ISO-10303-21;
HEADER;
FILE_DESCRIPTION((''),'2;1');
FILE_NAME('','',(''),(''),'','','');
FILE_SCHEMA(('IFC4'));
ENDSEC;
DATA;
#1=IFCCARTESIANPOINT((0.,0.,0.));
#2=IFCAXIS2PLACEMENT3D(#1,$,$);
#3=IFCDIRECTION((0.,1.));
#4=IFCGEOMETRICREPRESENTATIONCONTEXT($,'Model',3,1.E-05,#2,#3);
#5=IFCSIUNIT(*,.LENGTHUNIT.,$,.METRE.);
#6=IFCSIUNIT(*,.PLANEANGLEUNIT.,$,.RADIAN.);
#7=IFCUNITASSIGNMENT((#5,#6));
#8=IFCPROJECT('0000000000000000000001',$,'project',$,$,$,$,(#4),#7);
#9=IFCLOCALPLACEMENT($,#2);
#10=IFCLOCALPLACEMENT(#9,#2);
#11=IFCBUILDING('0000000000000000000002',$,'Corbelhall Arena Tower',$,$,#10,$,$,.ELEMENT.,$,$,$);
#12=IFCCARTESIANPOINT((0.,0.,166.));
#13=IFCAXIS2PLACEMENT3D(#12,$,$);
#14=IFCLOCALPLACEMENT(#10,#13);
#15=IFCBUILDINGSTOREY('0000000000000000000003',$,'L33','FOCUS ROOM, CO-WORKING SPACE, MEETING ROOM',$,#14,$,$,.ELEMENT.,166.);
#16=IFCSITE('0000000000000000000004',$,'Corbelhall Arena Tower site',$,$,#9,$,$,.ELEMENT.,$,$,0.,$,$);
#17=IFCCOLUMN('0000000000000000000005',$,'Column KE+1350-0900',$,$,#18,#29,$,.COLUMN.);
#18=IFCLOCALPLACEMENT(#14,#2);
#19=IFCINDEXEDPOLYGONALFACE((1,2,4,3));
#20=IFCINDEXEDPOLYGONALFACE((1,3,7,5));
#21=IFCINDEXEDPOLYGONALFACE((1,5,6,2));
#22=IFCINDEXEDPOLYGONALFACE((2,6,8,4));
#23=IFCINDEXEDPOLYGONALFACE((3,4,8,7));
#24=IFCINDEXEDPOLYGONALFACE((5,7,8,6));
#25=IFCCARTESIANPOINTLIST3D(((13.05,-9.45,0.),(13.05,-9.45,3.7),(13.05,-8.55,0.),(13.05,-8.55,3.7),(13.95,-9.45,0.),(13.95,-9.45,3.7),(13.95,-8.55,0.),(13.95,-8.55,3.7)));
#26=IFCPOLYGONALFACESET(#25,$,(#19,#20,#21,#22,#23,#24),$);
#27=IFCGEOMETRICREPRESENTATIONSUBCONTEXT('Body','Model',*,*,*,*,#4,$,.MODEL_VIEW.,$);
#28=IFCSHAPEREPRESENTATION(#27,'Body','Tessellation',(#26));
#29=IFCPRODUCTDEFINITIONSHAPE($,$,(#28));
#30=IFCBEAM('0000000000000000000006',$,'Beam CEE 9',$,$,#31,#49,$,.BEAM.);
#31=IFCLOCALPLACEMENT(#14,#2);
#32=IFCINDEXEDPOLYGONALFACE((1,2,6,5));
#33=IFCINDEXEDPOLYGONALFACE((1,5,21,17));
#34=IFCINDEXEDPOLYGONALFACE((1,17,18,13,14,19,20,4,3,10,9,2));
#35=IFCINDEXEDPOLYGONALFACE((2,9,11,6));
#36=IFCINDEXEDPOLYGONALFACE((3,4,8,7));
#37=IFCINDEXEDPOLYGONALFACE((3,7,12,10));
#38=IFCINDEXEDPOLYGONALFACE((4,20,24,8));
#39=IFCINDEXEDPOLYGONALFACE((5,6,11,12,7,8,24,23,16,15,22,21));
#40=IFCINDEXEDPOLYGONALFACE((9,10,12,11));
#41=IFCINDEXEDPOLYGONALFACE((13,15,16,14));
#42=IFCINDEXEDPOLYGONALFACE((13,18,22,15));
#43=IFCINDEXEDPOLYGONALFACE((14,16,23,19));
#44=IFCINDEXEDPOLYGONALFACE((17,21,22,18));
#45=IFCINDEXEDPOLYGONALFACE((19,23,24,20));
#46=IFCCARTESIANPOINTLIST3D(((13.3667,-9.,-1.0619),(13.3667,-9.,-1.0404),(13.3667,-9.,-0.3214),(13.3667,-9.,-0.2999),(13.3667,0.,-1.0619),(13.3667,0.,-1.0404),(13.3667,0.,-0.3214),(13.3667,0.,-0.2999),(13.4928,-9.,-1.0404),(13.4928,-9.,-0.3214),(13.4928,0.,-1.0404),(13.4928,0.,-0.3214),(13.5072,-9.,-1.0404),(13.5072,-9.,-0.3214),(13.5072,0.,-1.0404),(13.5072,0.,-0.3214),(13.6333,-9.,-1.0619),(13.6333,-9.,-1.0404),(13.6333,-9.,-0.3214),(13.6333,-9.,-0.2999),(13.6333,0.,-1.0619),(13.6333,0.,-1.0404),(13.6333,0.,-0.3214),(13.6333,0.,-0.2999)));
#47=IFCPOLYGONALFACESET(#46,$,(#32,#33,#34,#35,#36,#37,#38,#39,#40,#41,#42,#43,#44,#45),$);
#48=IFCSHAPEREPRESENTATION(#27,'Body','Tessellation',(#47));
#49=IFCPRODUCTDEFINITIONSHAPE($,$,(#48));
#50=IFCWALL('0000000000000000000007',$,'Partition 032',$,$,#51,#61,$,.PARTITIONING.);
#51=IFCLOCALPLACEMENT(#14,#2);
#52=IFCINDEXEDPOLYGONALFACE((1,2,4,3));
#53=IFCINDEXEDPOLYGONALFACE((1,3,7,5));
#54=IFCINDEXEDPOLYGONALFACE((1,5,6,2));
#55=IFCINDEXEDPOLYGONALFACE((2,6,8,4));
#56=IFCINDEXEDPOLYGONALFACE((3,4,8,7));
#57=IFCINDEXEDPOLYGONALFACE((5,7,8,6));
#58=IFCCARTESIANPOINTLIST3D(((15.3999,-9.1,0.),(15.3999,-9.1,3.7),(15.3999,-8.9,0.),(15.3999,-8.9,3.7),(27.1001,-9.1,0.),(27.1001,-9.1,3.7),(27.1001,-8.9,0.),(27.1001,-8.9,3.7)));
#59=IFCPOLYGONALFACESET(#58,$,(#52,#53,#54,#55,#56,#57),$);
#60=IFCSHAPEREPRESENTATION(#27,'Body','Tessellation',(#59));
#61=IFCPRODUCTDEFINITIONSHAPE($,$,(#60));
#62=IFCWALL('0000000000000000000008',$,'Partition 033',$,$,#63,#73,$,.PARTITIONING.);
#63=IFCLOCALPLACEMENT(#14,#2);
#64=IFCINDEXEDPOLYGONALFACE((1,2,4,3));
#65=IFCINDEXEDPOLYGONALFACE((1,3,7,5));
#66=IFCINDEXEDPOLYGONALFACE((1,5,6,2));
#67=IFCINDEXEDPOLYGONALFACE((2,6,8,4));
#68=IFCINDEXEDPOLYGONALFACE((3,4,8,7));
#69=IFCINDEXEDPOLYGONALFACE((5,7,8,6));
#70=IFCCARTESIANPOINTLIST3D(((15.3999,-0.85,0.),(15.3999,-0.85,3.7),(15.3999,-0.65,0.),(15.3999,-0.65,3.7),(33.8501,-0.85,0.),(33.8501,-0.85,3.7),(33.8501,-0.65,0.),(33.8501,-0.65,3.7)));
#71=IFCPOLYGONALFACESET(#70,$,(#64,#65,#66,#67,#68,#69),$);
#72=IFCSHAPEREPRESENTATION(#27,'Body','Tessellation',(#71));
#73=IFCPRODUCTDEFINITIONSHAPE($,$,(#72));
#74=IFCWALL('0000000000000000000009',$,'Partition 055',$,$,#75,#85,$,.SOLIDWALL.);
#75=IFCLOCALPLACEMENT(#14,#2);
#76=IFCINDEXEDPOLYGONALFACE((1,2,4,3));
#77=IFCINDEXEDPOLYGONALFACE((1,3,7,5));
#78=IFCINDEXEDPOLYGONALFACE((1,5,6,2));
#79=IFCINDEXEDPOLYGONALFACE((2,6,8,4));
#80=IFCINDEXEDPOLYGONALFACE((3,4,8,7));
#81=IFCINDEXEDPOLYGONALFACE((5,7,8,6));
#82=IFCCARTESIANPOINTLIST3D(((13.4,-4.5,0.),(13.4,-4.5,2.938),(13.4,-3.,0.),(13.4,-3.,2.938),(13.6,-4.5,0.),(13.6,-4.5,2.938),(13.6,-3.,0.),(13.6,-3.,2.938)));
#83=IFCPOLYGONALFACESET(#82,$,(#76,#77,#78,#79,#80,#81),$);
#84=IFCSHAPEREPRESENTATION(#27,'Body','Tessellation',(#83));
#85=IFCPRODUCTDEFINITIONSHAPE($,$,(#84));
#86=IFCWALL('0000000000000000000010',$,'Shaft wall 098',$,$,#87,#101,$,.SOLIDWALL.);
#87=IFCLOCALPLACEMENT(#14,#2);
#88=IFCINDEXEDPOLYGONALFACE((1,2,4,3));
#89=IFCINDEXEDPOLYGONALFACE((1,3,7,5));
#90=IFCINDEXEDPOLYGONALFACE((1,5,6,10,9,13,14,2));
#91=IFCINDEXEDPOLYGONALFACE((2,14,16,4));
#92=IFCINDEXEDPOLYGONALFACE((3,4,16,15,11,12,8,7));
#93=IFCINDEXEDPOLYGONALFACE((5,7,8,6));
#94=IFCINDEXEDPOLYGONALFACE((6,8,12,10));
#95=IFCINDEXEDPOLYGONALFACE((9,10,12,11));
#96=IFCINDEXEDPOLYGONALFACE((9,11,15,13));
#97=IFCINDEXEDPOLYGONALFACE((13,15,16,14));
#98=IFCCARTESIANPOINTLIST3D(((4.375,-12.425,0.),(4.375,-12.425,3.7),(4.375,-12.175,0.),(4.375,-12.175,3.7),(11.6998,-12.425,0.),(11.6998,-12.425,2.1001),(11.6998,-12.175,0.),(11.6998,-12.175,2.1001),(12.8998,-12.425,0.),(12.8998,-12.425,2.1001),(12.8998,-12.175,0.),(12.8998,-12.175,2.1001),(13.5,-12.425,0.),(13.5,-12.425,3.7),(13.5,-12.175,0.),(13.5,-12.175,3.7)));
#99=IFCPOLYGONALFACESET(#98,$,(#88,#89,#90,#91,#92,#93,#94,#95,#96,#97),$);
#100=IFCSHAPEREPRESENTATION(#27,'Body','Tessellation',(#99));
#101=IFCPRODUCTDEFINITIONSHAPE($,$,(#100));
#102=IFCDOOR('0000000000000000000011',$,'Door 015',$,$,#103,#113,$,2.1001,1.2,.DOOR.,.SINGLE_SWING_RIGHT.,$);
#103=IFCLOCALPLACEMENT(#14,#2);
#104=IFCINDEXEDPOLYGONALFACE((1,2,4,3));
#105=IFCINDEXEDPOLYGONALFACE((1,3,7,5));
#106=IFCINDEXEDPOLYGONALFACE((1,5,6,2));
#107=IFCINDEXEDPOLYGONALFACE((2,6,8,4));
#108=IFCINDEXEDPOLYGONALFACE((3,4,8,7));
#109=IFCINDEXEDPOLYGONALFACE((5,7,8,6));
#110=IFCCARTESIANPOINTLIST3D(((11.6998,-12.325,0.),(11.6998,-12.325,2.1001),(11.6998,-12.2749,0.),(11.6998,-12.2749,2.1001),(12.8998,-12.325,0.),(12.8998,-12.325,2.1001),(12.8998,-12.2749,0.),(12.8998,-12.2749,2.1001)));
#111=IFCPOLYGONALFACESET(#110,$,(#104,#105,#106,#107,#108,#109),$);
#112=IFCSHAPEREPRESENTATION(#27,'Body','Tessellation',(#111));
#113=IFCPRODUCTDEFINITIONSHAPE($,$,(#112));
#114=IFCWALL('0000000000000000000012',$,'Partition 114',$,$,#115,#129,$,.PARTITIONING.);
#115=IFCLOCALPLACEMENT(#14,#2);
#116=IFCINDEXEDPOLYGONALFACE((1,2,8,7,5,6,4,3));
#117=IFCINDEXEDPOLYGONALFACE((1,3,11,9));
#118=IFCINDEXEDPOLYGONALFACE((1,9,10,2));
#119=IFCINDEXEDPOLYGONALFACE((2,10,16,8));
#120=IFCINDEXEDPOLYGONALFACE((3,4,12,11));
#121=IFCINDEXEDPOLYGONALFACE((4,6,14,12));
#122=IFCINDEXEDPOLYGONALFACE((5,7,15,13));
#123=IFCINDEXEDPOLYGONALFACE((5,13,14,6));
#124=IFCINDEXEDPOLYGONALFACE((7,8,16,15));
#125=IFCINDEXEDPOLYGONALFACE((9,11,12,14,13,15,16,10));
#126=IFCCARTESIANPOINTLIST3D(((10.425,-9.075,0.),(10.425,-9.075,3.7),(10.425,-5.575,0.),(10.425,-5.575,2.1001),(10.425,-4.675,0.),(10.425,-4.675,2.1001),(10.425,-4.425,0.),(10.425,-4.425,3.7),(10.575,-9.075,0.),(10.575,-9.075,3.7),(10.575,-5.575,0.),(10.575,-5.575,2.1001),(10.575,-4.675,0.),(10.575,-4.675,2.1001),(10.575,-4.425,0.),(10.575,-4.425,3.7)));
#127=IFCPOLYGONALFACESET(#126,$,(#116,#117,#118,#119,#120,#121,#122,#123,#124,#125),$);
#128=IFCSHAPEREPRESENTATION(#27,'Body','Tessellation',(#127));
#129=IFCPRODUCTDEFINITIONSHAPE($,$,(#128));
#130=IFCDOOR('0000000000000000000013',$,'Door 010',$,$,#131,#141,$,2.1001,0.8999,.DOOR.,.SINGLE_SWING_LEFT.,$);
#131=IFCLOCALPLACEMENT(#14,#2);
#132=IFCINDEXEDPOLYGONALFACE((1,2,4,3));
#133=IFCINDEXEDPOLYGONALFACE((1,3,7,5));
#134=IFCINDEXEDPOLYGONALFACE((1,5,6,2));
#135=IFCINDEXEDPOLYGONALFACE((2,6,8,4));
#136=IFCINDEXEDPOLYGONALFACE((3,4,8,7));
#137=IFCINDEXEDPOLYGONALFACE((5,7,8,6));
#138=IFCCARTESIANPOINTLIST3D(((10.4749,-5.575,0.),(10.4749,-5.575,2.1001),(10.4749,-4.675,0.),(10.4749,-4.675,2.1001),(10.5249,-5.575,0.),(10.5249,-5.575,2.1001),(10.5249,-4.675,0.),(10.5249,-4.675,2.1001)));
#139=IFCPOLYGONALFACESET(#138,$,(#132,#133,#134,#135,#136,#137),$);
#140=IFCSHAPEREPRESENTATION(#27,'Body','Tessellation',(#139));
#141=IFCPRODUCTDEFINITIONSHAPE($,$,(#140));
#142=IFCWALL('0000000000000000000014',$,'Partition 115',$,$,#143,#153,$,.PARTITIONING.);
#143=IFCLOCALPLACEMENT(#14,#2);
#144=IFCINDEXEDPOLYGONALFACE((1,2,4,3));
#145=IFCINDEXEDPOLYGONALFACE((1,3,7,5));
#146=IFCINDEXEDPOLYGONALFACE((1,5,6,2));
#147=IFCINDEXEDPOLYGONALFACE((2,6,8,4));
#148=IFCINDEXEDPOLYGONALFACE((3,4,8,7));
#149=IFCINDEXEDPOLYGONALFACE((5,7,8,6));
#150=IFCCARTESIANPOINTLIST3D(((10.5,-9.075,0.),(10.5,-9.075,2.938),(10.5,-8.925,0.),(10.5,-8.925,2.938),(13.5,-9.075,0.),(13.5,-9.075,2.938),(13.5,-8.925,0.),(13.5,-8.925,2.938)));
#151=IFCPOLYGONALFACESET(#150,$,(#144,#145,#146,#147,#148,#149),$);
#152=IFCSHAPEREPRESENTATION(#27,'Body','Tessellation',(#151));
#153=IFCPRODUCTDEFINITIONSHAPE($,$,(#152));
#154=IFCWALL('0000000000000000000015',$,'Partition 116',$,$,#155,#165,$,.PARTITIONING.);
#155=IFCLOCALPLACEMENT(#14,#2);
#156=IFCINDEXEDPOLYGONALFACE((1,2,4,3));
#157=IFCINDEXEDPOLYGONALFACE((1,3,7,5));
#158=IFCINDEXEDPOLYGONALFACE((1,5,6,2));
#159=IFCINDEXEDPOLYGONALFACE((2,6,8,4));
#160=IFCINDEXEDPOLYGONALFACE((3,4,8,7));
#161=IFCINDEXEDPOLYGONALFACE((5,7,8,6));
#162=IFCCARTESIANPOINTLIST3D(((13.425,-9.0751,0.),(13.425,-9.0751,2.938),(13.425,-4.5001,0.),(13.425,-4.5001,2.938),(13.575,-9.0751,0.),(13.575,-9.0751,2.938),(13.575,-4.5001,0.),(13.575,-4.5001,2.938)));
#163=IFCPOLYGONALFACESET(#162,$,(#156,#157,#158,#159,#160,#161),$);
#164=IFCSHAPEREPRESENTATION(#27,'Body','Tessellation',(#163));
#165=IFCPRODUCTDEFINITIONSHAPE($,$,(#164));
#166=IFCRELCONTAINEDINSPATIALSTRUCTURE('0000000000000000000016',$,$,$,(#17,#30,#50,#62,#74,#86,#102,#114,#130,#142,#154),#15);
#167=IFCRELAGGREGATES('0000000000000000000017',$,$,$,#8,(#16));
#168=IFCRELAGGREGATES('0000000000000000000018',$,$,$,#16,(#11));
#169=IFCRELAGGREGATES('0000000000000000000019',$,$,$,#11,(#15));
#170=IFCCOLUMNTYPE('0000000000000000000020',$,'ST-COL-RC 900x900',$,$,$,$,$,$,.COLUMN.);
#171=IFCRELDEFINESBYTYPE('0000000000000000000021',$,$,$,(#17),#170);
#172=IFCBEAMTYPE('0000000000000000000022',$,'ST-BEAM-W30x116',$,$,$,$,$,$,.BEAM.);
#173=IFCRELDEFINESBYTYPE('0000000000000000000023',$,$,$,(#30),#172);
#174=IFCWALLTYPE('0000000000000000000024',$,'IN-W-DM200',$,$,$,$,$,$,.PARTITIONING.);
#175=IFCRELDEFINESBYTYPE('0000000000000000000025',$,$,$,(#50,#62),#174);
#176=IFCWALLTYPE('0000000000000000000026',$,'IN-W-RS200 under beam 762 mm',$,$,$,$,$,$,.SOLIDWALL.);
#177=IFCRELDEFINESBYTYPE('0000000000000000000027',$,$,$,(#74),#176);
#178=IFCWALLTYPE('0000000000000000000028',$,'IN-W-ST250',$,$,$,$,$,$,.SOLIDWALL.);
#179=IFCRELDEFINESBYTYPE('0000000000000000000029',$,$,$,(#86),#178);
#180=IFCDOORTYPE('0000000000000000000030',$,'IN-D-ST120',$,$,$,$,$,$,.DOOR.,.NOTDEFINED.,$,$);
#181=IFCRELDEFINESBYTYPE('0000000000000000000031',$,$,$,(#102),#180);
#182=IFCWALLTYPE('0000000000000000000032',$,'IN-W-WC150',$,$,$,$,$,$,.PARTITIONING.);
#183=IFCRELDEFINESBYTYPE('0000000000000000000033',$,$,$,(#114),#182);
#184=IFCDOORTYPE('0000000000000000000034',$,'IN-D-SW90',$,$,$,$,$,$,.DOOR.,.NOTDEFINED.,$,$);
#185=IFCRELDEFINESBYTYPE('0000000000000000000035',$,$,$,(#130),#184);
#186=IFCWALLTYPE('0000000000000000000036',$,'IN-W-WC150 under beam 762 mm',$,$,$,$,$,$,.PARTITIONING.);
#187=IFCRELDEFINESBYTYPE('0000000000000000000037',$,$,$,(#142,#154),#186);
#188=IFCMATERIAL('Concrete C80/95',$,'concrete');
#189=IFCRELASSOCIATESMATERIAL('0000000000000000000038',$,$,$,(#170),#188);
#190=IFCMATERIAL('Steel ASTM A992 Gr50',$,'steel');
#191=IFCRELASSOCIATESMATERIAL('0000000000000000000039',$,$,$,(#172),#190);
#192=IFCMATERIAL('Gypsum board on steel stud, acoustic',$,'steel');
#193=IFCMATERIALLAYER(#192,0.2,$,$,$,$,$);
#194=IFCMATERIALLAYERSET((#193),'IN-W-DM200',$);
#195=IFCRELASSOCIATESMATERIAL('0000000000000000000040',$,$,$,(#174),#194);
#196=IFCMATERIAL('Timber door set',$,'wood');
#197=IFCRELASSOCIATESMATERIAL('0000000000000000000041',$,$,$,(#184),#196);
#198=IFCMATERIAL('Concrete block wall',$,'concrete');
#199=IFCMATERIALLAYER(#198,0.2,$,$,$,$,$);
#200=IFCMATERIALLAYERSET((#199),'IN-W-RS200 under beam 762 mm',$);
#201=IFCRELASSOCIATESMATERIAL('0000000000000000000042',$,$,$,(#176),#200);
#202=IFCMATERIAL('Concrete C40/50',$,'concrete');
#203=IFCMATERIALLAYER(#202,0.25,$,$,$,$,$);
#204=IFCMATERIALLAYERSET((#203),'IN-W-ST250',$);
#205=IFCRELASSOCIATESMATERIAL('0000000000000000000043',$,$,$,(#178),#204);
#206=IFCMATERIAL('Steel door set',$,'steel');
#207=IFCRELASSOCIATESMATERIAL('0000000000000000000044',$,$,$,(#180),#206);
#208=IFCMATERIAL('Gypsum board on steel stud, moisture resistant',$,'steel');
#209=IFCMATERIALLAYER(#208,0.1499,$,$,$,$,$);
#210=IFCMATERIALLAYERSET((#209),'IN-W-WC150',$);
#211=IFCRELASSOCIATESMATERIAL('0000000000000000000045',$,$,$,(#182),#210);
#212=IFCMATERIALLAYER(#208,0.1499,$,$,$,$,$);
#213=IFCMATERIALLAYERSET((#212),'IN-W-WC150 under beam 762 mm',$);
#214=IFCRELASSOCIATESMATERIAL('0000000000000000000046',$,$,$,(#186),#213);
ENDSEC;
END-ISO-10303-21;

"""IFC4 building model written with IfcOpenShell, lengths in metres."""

from ifc_helpers import new_model, si_unit, direction, frame, frame_2d, origin, origin_2d, place, context, subcontext, project, spatial, rectangle, i_section, extrude, material, layer, layer_set, material_profile, profile_set, type_object, element, fill, save


model = new_model("IFC4")

# Units and contexts
model_context = context("Model", 3, precision=1e-05, world=origin(), true_north=direction((0.0, 1.0)))
body_context = subcontext(model_context, "Body", "Model", "MODEL_VIEW")
ifc_project = project(units=[si_unit("LENGTHUNIT", "METRE"), si_unit("PLANEANGLEUNIT", "RADIAN")], contexts=[model_context])

# Site, building, storey
site_placement = place(None, origin())
site = spatial("IfcSite", under=ifc_project, at=site_placement, Name="Corbelhall Arena Tower site", CompositionType="ELEMENT", RefElevation=0.0)
building_placement = place(site_placement, origin())
building = spatial("IfcBuilding", under=site, at=building_placement, Name="Corbelhall Arena Tower", CompositionType="ELEMENT")
storey_placement = place(building_placement, frame((0.0, 0.0, 166.0)))
storey = spatial("IfcBuildingStorey", under=building, at=storey_placement, Name="L33", Description="FOCUS ROOM, CO-WORKING SPACE, MEETING ROOM", CompositionType="ELEMENT", Elevation=166.0)

# Column
ifc_material_1 = material(Name="Concrete C80/95", Category="concrete")
ifc_material_profile_1 = material_profile(ifc_material_1, rectangle(XDim=0.8999, YDim=0.8999, at=origin_2d()))
ifc_profile_set_1 = profile_set([ifc_material_profile_1], Name="Concrete C80/95")
column_type = type_object("IfcColumnType", Name="ST-COL-RC 900x900", PredefinedType="COLUMN", material=ifc_profile_set_1)
column_placement = place(storey_placement, frame((13.5, -9.0, 0.0), z_axis=(0.0, 0.0, 1.0), x_axis=(1.0, 0.0, 0.0)))
element("IfcColumn", 1, at=column_placement, inside=storey, type_object=column_type, Name="Column KE+1350-0900", PredefinedType="COLUMN", context=body_context, shape_type="SweptSolid", body=[
    extrude(rectangle(XDim=0.8999, YDim=0.8999, at=origin_2d()), origin(), (0.0, 0.0, 1.0), 3.7),
])

# Beam
ifc_material_2 = material(Name="Steel ASTM A992 Gr50", Category="steel")
ifc_material_profile_2 = material_profile(ifc_material_2, i_section(OverallWidth=0.2666, OverallDepth=0.762, WebThickness=0.0144, FlangeThickness=0.0215, at=origin_2d()))
ifc_profile_set_2 = profile_set([ifc_material_profile_2], Name="Steel ASTM A992 Gr50")
beam_type = type_object("IfcBeamType", Name="ST-BEAM-W30x116", PredefinedType="BEAM", material=ifc_profile_set_2)
beam_placement = place(storey_placement, frame((13.5, -9.0, -0.6809), z_axis=(0.0, 1.0, 0.0), x_axis=(-1.0, 0.0, 0.0)))
element("IfcBeam", 2, at=beam_placement, inside=storey, type_object=beam_type, Name="Beam CEE 9", PredefinedType="BEAM", context=body_context, shape_type="SweptSolid", body=[
    extrude(i_section(OverallWidth=0.2666, OverallDepth=0.762, WebThickness=0.0144, FlangeThickness=0.0215, at=origin_2d()), origin(), (0.0, 0.0, 1.0), 9.0),
])

# Shared definitions
ifc_material_3 = material(Name="Gypsum board on steel stud, acoustic", Category="steel")
ifc_layer_1 = layer(ifc_material_3, 0.2)
ifc_layer_set_1 = layer_set([ifc_layer_1], Name="IN-W-DM200")
wall_type_1 = type_object("IfcWallType", Name="IN-W-DM200", PredefinedType="PARTITIONING", material=ifc_layer_set_1)
ifc_material_4 = material(Name="Steel door set", Category="steel")

# Walls
wall_1_placement = place(storey_placement, frame((15.3999, -9.0, 0.0), z_axis=(0.0, 0.0, 1.0), x_axis=(1.0, 0.0, 0.0)))
element("IfcWall", 3, at=wall_1_placement, inside=storey, type_object=wall_type_1, Name="Partition 032", PredefinedType="PARTITIONING", context=body_context, shape_type="SweptSolid", body=[
    extrude(rectangle(XDim=11.7002, YDim=0.2, at=frame_2d((5.8501, 0.0))), origin(), (0.0, 0.0, 1.0), 3.7),
])
wall_2_placement = place(storey_placement, frame((15.3999, -0.75, 0.0), z_axis=(0.0, 0.0, 1.0), x_axis=(1.0, 0.0, 0.0)))
element("IfcWall", 4, at=wall_2_placement, inside=storey, type_object=wall_type_1, Name="Partition 033", PredefinedType="PARTITIONING", context=body_context, shape_type="SweptSolid", body=[
    extrude(rectangle(XDim=18.4502, YDim=0.2, at=frame_2d((9.2251, 0.0))), origin(), (0.0, 0.0, 1.0), 3.7),
])

# Shared definitions
ifc_material_5 = material(Name="Concrete block wall", Category="concrete")
ifc_material_6 = material(Name="Timber door set", Category="wood")
door_type_1 = type_object("IfcDoorType", Name="IN-D-SW90", OperationType="NOTDEFINED", PredefinedType="DOOR", material=ifc_material_6)

# Wall
ifc_layer_2 = layer(ifc_material_5, 0.2)
ifc_layer_set_2 = layer_set([ifc_layer_2], Name="IN-W-RS200 under beam 762 mm")
wall_type_2 = type_object("IfcWallType", Name="IN-W-RS200 under beam 762 mm", PredefinedType="SOLIDWALL", material=ifc_layer_set_2)
wall_3_placement = place(storey_placement, frame((13.5, -3.0, 0.0), z_axis=(0.0, 0.0, 1.0), x_axis=(0.0, -1.0, 0.0)))
element("IfcWall", 5, at=wall_3_placement, inside=storey, type_object=wall_type_2, Name="Partition 055", PredefinedType="SOLIDWALL", context=body_context, shape_type="SweptSolid", body=[
    extrude(rectangle(XDim=1.5, YDim=0.2, at=frame_2d((0.75, 0.0))), origin(), (0.0, 0.0, 1.0), 2.938),
])

# Walls, openings, doors
ifc_material_7 = material(Name="Concrete C40/50", Category="concrete")
ifc_layer_3 = layer(ifc_material_7, 0.25)
ifc_layer_set_3 = layer_set([ifc_layer_3], Name="IN-W-ST250")
wall_type_3 = type_object("IfcWallType", Name="IN-W-ST250", PredefinedType="SOLIDWALL", material=ifc_layer_set_3)
wall_4_placement = place(storey_placement, frame((13.5, -12.3, 0.0), z_axis=(0.0, 0.0, 1.0), x_axis=(-1.0, 0.0, 0.0)))
wall_4 = element("IfcWall", 6, at=wall_4_placement, inside=storey, type_object=wall_type_3, Name="Shaft wall 098", PredefinedType="SOLIDWALL", context=body_context, shape_type="SweptSolid", body=[
    extrude(rectangle(XDim=9.125, YDim=0.25, at=frame_2d((4.5625, 0.0))), origin(), (0.0, 0.0, 1.0), 3.7),
])
opening_1_placement = place(wall_4_placement, frame((0.6001, 0.0, 0.0)))
opening_1 = element("IfcOpeningElement", 7, at=opening_1_placement, cuts=wall_4, PredefinedType="OPENING", context=body_context, shape_type="SweptSolid", body=[
    extrude(rectangle(XDim=1.2, YDim=2.1001, at=frame_2d((0.6001, 1.05))), frame((0.0, 0.125, 0.0), z_axis=(0.0, -1.0, 0.0), x_axis=(1.0, 0.0, 0.0)), (0.0, 0.0, 1.0), 0.25),
])
door_type_2 = type_object("IfcDoorType", Name="IN-D-ST120", OperationType="NOTDEFINED", PredefinedType="DOOR", material=ifc_material_4)
door_1_placement = place(opening_1_placement, origin())
door_1 = element("IfcDoor", 8, at=door_1_placement, inside=storey, type_object=door_type_2, Name="Door 015", OperationType="SINGLE_SWING_RIGHT", OverallHeight=2.1001, OverallWidth=1.2, PredefinedType="DOOR", context=body_context, shape_type="SweptSolid", body=[
    extrude(rectangle(XDim=1.2, YDim=2.1001, at=frame_2d((0.6001, 1.05))), frame((0.0, 0.0249, 0.0), z_axis=(0.0, -1.0, 0.0), x_axis=(1.0, 0.0, 0.0)), (0.0, 0.0, 1.0), 0.05),
])
fill(opening_1, door_1)
ifc_material_8 = material(Name="Gypsum board on steel stud, moisture resistant", Category="steel")
ifc_layer_4 = layer(ifc_material_8, 0.1499)
ifc_layer_set_4 = layer_set([ifc_layer_4], Name="IN-W-WC150")
wall_type_4 = type_object("IfcWallType", Name="IN-W-WC150", PredefinedType="PARTITIONING", material=ifc_layer_set_4)
wall_5_placement = place(storey_placement, frame((10.5, -4.425, 0.0), z_axis=(0.0, 0.0, 1.0), x_axis=(0.0, -1.0, 0.0)))
wall_5 = element("IfcWall", 9, at=wall_5_placement, inside=storey, type_object=wall_type_4, Name="Partition 114", PredefinedType="PARTITIONING", context=body_context, shape_type="SweptSolid", body=[
    extrude(rectangle(XDim=4.6499, YDim=0.1499, at=frame_2d((2.325, 0.0))), origin(), (0.0, 0.0, 1.0), 3.7),
])
opening_2_placement = place(wall_5_placement, frame((0.25, 0.0, 0.0)))
opening_2 = element("IfcOpeningElement", 10, at=opening_2_placement, cuts=wall_5, PredefinedType="OPENING", context=body_context, shape_type="SweptSolid", body=[
    extrude(rectangle(XDim=0.8999, YDim=2.1001, at=frame_2d((0.45, 1.05))), frame((0.0, 0.075, 0.0), z_axis=(0.0, -1.0, 0.0), x_axis=(1.0, 0.0, 0.0)), (0.0, 0.0, 1.0), 0.1499),
])
door_2_placement = place(opening_2_placement, origin())
door_2 = element("IfcDoor", 11, at=door_2_placement, inside=storey, type_object=door_type_1, Name="Door 010", OperationType="SINGLE_SWING_LEFT", OverallHeight=2.1001, OverallWidth=0.8999, PredefinedType="DOOR", context=body_context, shape_type="SweptSolid", body=[
    extrude(rectangle(XDim=0.8999, YDim=2.1001, at=frame_2d((0.45, 1.05))), frame((0.0, 0.0249, 0.0), z_axis=(0.0, -1.0, 0.0), x_axis=(1.0, 0.0, 0.0)), (0.0, 0.0, 1.0), 0.05),
])
fill(opening_2, door_2)

# Walls
ifc_layer_5 = layer(ifc_material_8, 0.1499)
ifc_layer_set_5 = layer_set([ifc_layer_5], Name="IN-W-WC150 under beam 762 mm")
wall_type_5 = type_object("IfcWallType", Name="IN-W-WC150 under beam 762 mm", PredefinedType="PARTITIONING", material=ifc_layer_set_5)
wall_6_placement = place(storey_placement, frame((13.5, -9.0, 0.0), z_axis=(0.0, 0.0, 1.0), x_axis=(-1.0, 0.0, 0.0)))
element("IfcWall", 12, at=wall_6_placement, inside=storey, type_object=wall_type_5, Name="Partition 115", PredefinedType="PARTITIONING", context=body_context, shape_type="SweptSolid", body=[
    extrude(rectangle(XDim=3.0, YDim=0.1499, at=frame_2d((1.5, 0.0))), origin(), (0.0, 0.0, 1.0), 2.938),
])
wall_7_placement = place(storey_placement, frame((13.5, -4.5, 0.0), z_axis=(0.0, 0.0, 1.0), x_axis=(0.0, -1.0, 0.0)))
element("IfcWall", 13, at=wall_7_placement, inside=storey, type_object=wall_type_5, Name="Partition 116", PredefinedType="PARTITIONING", context=body_context, shape_type="SweptSolid", body=[
    extrude(rectangle(XDim=4.575, YDim=0.1499, at=frame_2d((2.2876, 0.0))), origin(), (0.0, 0.0, 1.0), 2.938),
])

save(model, "model.ifc")
